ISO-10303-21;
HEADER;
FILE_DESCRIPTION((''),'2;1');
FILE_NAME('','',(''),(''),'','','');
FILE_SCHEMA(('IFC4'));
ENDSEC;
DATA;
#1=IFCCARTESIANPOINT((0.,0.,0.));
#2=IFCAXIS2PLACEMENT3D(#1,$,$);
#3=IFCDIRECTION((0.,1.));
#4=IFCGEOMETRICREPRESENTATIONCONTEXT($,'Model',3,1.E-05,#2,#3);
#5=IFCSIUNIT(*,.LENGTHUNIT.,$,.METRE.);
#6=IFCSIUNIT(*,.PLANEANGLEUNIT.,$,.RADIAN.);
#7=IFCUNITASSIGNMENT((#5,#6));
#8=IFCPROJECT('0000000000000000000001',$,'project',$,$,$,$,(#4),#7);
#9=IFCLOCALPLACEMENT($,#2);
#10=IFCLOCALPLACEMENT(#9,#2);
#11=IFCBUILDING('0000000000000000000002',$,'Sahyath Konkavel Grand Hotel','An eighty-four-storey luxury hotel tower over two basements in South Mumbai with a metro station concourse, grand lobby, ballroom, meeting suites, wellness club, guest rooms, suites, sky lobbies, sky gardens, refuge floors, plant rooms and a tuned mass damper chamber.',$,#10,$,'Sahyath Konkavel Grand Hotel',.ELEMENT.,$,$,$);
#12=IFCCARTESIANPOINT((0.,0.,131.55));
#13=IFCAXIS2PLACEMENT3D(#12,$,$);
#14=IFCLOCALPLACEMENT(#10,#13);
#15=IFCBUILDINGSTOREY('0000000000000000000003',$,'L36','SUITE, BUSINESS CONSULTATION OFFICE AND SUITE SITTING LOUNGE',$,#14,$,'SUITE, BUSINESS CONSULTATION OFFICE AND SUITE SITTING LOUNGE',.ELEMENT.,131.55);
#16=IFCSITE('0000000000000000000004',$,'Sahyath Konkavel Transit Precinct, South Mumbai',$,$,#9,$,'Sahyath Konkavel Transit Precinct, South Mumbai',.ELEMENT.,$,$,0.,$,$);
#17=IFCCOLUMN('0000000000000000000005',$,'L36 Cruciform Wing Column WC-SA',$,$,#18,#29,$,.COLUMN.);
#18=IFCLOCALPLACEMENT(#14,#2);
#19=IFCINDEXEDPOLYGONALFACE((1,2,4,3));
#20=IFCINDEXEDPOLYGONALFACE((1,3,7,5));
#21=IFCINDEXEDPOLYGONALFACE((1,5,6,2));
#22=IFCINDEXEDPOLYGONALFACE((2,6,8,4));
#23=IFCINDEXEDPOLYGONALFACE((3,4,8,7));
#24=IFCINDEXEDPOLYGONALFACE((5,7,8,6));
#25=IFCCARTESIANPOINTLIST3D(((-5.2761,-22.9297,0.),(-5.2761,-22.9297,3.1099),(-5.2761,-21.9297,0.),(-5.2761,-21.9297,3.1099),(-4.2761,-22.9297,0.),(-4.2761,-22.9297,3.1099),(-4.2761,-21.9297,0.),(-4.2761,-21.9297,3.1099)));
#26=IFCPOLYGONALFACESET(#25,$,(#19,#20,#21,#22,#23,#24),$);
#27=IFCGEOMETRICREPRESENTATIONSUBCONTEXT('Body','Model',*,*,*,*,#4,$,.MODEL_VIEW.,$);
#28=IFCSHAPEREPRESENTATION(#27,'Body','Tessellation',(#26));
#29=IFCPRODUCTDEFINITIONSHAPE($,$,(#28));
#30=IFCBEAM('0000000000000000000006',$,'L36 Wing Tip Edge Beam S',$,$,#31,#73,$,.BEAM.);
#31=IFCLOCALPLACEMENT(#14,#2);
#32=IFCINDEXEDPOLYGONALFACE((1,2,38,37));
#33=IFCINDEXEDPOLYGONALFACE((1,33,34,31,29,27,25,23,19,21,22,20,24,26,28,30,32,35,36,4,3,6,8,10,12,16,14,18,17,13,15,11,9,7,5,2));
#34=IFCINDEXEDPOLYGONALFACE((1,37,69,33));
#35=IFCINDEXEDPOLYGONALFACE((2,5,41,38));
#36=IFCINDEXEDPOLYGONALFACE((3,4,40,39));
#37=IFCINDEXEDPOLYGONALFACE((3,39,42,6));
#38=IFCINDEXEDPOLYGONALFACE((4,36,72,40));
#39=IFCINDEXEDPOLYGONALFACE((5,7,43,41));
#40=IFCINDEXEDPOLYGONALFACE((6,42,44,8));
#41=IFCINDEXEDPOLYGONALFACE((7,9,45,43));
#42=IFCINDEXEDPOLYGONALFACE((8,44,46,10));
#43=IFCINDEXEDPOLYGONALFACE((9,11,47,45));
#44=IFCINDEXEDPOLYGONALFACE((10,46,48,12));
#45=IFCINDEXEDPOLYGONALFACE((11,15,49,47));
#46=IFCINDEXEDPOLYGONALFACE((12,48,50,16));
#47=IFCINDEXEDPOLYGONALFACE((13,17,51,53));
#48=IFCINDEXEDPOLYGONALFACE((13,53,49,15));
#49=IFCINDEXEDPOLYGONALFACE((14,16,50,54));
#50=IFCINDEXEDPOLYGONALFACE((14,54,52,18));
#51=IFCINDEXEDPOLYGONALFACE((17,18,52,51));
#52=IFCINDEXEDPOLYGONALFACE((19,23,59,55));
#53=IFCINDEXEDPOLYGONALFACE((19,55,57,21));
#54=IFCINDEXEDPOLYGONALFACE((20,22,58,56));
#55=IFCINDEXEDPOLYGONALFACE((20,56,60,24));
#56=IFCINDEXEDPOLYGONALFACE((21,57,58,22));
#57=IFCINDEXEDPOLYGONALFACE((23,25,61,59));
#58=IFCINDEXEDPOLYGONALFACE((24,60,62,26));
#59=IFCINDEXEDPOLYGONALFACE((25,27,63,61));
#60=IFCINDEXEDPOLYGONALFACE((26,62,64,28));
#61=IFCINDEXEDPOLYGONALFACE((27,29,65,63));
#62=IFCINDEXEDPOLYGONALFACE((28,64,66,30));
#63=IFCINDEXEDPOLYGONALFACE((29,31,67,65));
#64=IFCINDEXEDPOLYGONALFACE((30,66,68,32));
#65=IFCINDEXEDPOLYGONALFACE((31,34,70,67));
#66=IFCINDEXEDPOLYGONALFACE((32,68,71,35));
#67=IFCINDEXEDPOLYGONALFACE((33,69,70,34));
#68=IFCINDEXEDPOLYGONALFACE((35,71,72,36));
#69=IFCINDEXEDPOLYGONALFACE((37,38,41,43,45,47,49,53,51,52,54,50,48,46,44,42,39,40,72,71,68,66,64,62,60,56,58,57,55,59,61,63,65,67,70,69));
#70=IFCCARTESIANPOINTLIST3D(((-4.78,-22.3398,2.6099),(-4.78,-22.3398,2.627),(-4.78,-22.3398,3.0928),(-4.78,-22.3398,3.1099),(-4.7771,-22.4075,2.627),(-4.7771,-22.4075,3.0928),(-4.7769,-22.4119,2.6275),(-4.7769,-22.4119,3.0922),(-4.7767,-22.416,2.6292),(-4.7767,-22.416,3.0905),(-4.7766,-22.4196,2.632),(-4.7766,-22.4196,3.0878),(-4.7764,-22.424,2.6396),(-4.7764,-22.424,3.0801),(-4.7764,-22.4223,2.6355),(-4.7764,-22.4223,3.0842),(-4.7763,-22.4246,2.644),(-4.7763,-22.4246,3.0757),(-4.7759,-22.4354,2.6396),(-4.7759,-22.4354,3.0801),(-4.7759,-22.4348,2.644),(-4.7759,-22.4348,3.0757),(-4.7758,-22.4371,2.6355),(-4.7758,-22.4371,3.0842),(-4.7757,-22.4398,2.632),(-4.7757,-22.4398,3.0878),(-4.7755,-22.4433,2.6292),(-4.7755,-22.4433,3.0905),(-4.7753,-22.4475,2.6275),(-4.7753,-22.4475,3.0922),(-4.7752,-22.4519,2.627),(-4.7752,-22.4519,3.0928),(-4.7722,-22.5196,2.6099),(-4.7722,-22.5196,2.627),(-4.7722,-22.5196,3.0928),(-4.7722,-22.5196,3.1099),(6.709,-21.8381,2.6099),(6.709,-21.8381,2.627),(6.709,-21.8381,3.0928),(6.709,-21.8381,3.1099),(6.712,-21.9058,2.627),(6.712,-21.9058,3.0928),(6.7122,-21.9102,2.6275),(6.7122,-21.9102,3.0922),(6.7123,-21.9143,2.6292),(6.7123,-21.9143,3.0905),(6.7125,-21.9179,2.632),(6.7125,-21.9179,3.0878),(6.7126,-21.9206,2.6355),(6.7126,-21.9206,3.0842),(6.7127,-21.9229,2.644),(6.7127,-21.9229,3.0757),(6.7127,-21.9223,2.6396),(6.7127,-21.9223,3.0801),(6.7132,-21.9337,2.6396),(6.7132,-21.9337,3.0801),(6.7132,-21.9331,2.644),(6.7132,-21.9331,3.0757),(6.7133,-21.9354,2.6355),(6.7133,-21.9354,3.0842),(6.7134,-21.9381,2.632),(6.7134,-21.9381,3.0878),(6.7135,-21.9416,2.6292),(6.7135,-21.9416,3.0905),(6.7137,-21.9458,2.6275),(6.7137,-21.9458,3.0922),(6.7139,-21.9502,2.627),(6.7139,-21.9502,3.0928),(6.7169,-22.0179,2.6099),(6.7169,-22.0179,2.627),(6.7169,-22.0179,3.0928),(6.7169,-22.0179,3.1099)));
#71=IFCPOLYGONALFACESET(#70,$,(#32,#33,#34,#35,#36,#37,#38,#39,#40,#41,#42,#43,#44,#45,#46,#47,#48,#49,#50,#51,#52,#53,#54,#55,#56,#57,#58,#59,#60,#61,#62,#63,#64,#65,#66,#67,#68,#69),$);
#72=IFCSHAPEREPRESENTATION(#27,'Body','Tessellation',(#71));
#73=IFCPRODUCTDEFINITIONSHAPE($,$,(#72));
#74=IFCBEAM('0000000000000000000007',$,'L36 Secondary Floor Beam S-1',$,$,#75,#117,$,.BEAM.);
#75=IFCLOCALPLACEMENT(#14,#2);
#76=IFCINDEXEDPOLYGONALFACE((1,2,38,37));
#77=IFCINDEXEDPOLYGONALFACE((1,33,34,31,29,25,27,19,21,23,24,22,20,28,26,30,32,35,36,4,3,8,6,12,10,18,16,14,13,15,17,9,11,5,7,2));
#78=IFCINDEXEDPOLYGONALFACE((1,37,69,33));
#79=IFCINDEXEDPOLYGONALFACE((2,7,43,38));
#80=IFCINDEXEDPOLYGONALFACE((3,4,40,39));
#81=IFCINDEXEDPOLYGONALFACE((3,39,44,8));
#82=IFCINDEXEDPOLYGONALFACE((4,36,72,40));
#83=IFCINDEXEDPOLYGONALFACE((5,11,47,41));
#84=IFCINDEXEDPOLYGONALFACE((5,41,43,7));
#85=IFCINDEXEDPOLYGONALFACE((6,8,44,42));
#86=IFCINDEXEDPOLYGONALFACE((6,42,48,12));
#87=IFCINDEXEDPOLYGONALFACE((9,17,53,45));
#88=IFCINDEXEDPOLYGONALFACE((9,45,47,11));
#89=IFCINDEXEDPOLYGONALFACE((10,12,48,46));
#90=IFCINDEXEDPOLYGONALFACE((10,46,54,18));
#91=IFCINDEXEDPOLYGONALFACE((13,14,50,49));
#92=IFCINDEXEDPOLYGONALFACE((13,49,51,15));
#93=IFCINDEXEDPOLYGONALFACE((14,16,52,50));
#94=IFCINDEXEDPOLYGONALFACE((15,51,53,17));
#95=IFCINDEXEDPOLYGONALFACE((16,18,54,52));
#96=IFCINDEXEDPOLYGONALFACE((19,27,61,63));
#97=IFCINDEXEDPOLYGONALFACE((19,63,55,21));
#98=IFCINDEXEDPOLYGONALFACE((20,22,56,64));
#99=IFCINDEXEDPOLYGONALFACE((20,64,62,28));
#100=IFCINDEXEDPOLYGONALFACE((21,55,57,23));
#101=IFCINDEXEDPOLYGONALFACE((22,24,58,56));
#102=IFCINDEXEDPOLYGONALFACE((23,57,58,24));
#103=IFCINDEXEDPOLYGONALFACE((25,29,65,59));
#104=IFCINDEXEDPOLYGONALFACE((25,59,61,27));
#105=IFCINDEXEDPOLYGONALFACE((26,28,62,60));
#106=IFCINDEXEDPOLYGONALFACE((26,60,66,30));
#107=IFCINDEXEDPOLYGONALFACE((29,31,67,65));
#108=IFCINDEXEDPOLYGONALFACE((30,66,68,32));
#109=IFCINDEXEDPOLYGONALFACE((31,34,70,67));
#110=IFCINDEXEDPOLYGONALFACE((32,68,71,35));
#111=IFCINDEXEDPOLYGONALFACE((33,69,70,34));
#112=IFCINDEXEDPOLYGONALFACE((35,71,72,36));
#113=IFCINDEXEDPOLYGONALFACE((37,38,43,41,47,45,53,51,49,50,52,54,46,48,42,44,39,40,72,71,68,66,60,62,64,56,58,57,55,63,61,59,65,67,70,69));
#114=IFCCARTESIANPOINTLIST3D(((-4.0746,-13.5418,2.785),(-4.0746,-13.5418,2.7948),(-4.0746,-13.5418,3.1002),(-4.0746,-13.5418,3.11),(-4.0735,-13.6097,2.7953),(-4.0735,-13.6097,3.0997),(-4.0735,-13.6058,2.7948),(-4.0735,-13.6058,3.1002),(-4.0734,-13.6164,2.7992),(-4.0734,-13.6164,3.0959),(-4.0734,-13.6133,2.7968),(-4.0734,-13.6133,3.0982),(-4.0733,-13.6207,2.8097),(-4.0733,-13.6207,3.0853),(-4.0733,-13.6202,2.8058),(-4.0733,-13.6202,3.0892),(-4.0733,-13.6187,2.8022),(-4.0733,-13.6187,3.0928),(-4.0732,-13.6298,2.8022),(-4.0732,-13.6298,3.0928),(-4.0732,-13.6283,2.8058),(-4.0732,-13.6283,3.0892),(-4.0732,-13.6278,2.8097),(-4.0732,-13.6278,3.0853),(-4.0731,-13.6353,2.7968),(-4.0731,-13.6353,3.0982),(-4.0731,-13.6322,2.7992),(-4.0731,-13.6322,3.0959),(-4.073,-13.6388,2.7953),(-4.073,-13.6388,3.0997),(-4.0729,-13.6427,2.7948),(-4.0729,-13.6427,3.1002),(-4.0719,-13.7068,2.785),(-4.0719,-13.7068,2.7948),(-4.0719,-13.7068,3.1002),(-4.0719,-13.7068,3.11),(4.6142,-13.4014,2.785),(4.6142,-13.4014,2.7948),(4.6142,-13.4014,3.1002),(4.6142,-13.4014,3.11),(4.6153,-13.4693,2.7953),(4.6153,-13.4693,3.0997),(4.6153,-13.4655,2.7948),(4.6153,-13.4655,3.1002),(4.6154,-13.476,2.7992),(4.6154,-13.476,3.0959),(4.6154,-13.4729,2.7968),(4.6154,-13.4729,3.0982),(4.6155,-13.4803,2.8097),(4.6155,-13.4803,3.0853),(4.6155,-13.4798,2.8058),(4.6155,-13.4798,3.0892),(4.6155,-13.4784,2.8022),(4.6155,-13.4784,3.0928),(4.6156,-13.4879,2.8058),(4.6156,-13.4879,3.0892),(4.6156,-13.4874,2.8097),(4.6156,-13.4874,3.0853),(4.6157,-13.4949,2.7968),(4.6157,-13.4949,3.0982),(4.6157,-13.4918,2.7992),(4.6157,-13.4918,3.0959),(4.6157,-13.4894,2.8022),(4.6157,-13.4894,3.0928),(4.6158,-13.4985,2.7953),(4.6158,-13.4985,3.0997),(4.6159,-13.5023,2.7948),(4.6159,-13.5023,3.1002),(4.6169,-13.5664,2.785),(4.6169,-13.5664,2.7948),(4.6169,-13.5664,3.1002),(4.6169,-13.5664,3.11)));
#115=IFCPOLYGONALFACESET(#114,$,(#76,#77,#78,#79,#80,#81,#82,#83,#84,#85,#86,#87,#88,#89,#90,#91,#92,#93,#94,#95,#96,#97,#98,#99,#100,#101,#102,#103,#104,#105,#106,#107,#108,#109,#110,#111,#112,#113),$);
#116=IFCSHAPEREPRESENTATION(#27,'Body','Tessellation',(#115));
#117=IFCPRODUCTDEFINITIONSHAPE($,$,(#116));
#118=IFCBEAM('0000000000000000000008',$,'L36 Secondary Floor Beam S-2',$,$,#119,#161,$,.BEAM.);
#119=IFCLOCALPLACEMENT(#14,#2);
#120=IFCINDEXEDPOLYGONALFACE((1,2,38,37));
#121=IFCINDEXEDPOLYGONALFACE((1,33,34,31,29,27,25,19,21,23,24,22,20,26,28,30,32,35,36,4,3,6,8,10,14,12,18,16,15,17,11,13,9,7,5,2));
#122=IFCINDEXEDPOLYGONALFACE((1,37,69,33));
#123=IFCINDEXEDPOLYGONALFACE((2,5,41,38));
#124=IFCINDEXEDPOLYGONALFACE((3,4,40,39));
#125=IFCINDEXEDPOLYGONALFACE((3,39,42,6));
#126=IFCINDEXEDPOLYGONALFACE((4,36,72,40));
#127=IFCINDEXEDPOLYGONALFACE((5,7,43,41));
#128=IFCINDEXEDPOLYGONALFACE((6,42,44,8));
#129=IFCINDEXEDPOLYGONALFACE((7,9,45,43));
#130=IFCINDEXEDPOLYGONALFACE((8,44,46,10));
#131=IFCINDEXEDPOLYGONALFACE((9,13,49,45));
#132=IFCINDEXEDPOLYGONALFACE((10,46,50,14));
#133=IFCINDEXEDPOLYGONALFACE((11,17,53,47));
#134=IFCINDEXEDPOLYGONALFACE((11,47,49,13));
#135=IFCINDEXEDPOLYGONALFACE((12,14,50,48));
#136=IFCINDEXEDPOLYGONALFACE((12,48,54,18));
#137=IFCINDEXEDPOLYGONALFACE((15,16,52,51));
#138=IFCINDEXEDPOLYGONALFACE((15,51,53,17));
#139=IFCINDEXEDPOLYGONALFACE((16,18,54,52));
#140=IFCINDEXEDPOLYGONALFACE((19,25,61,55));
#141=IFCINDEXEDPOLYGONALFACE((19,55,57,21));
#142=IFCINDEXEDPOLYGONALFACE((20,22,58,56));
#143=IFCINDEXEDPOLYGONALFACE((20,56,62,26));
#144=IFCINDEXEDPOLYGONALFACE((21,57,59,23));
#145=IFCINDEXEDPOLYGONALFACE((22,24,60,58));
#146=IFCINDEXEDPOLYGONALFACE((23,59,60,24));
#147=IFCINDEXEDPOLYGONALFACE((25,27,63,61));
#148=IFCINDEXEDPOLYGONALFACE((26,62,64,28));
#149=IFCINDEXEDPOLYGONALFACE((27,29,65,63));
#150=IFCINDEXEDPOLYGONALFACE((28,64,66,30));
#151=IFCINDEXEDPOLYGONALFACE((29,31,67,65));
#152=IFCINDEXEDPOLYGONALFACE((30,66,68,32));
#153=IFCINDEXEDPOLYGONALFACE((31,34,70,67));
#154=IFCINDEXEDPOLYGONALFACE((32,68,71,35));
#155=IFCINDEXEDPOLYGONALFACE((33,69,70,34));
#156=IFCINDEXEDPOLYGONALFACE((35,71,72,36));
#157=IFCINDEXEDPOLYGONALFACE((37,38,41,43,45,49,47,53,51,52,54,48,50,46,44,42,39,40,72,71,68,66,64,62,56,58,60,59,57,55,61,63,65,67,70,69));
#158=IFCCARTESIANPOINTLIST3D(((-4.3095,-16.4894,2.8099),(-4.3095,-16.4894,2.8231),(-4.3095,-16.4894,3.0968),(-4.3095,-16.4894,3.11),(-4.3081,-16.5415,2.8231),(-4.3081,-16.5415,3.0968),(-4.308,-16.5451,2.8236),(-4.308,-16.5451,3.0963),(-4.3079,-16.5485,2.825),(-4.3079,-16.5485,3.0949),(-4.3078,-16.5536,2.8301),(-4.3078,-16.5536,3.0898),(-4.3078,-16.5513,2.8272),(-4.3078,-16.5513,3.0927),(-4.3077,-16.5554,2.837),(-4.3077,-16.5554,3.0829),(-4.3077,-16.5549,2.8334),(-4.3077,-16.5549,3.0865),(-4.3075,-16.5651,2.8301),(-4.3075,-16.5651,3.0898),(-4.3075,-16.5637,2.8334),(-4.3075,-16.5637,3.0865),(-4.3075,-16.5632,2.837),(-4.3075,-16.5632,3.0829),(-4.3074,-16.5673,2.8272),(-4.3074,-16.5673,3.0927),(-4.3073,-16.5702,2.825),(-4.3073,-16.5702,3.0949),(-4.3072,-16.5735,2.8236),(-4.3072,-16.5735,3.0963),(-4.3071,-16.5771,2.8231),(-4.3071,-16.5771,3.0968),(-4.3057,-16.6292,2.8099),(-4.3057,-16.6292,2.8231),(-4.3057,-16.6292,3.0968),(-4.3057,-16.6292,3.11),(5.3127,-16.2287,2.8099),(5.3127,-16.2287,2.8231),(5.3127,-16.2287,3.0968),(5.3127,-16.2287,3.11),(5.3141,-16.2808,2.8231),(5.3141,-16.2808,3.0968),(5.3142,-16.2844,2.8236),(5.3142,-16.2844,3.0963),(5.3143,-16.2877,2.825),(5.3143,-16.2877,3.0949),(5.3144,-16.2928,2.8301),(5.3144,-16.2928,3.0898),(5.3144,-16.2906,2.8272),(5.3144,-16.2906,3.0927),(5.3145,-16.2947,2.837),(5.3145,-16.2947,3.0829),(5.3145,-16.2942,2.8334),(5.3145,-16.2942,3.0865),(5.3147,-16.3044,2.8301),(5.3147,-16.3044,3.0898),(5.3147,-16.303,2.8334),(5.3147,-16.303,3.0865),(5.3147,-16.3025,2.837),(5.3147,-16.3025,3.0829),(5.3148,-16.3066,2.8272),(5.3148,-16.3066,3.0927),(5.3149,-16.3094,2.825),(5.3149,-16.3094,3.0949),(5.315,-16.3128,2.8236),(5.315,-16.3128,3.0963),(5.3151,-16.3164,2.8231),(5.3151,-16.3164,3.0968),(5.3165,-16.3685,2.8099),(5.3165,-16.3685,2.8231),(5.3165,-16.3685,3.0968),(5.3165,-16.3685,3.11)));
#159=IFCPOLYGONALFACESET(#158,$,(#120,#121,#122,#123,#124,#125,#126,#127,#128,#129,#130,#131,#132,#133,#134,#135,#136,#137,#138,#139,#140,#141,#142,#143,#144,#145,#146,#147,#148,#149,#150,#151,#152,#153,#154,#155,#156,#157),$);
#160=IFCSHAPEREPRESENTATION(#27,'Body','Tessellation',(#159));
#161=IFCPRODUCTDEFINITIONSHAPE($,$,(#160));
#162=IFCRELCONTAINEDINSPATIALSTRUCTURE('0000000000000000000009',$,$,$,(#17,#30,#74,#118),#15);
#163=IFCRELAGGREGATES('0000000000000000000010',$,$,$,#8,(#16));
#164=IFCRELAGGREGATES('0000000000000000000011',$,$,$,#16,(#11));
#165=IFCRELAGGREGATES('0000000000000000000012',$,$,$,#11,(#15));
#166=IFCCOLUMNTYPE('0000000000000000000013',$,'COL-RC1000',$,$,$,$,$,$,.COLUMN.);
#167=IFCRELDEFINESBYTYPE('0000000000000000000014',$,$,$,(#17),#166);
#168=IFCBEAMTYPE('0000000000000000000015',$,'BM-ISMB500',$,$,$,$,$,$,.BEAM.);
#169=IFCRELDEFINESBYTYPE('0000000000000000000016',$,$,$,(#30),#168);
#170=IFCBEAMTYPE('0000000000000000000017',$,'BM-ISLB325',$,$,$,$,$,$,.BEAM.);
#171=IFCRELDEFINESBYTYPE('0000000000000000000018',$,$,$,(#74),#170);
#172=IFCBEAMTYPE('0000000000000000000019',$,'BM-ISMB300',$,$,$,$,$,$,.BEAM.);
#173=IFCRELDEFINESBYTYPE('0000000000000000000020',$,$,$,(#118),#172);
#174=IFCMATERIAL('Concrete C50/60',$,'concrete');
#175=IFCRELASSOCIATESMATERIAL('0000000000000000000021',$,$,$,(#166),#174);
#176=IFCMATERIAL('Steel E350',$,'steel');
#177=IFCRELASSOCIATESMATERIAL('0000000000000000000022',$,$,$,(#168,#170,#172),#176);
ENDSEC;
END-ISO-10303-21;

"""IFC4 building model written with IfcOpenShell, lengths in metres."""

from ifc_helpers import new_model, si_unit, direction, frame, origin, origin_2d, place, context, subcontext, project, spatial, rectangle, i_section, extrude, source, transform, mapped, material, material_profile, profile_set, type_object, element, save


model = new_model("IFC4")

# Units and contexts
model_context = context("Model", 3, precision=1e-05, world=origin(), true_north=direction((0.0, 1.0)))
body_context = subcontext(model_context, "Body", "Model", "MODEL_VIEW")
ifc_project = project(units=[si_unit("LENGTHUNIT", "METRE"), si_unit("PLANEANGLEUNIT", "RADIAN")], contexts=[model_context])

# Site, building, storey
site_placement = place(None, origin())
site = spatial("IfcSite", under=ifc_project, at=site_placement, Name="Sahyath Konkavel Transit Precinct, South Mumbai", LongName="Sahyath Konkavel Transit Precinct, South Mumbai", CompositionType="ELEMENT", RefElevation=0.0)
building_placement = place(site_placement, origin())
building = spatial("IfcBuilding", under=site, at=building_placement, Name="Sahyath Konkavel Grand Hotel", Description="An eighty-four-storey luxury hotel tower over two basements in South Mumbai with a metro station concourse, grand lobby, ballroom, meeting suites, wellness club, guest rooms, suites, sky lobbies, sky gardens, refuge floors, plant rooms and a tuned mass damper chamber.", LongName="Sahyath Konkavel Grand Hotel", CompositionType="ELEMENT")
storey_placement = place(building_placement, frame((0.0, 0.0, 131.55)))
storey = spatial("IfcBuildingStorey", under=building, at=storey_placement, Name="L36", Description="SUITE, BUSINESS CONSULTATION OFFICE AND SUITE SITTING LOUNGE", LongName="SUITE, BUSINESS CONSULTATION OFFICE AND SUITE SITTING LOUNGE", CompositionType="ELEMENT", Elevation=131.55)

# Column
ifc_material_1 = material(Name="Concrete C50/60", Category="concrete")
ifc_material_profile_1 = material_profile(ifc_material_1, rectangle(XDim=1.0, YDim=1.0, at=origin_2d()), Name="RC 1000x1000")
ifc_profile_set_1 = profile_set([ifc_material_profile_1], Name="Concrete C50/60")
column_type = type_object("IfcColumnType", Name="COL-RC1000", PredefinedType="COLUMN", material=ifc_profile_set_1)
shared_shape_1 = source(origin(), body_context, "Body", "SweptSolid", [
    extrude(rectangle(XDim=1.0, YDim=1.0, at=origin_2d()), origin(), (0.0, 0.0, 1.0), 3.1099),
])
column_placement = place(storey_placement, frame((-4.7761, -22.4297, 0.0), z_axis=(0.0, 0.0, 1.0), x_axis=(1.0, 0.0, 0.0)))
element("IfcColumn", 1, at=column_placement, inside=storey, type_object=column_type, Name="L36 Cruciform Wing Column WC-SA", PredefinedType="COLUMN", context=body_context, shape_type="MappedRepresentation", body=[
    mapped(shared_shape_1, transform((0.0, 0.0, 0.0), scale=1.0)),
])

# Beams
ifc_material_2 = material(Name="Steel E350", Category="steel")
ifc_material_profile_2 = material_profile(ifc_material_2, i_section(OverallWidth=0.1799, OverallDepth=0.5, WebThickness=0.0103, FlangeThickness=0.0171, FilletRadius=0.0171, at=origin_2d()), Name="ISMB 500")
ifc_profile_set_2 = profile_set([ifc_material_profile_2], Name="Steel E350")
beam_type_1 = type_object("IfcBeamType", Name="BM-ISMB500", PredefinedType="BEAM", material=ifc_profile_set_2)
shared_shape_2 = source(origin(), body_context, "Body", "SweptSolid", [
    extrude(i_section(OverallWidth=0.1799, OverallDepth=0.5, WebThickness=0.0103, FlangeThickness=0.0171, FilletRadius=0.0171, at=origin_2d()), origin(), (0.0, 0.0, 1.0), 11.5),
])
beam_1_placement = place(storey_placement, frame((-4.7761, -22.4297, 2.8599), z_axis=(0.999048, 0.043627, 0.0), x_axis=(-0.043627, 0.999048, 0.0)))
element("IfcBeam", 2, at=beam_1_placement, inside=storey, type_object=beam_type_1, Name="L36 Wing Tip Edge Beam S", PredefinedType="BEAM", context=body_context, shape_type="MappedRepresentation", body=[
    mapped(shared_shape_2, transform((0.0, 0.0, 0.0), scale=1.0)),
])
ifc_material_profile_3 = material_profile(ifc_material_2, i_section(OverallWidth=0.165, OverallDepth=0.325, WebThickness=0.0071, FlangeThickness=0.0098, FilletRadius=0.0149, at=origin_2d()), Name="ISLB 325")
ifc_profile_set_3 = profile_set([ifc_material_profile_3], Name="Steel E350")
beam_type_2 = type_object("IfcBeamType", Name="BM-ISLB325", PredefinedType="BEAM", material=ifc_profile_set_3)
shared_shape_3 = source(origin(), body_context, "Body", "SweptSolid", [
    extrude(i_section(OverallWidth=0.165, OverallDepth=0.325, WebThickness=0.0071, FlangeThickness=0.0098, FilletRadius=0.0149, at=origin_2d()), origin(), (0.0, 0.0, 1.0), 8.6899),
])
beam_2_placement = place(storey_placement, frame((-4.0732, -13.6243, 2.9475), z_axis=(0.99987, 0.016155, 0.0), x_axis=(-0.016155, 0.99987, 0.0)))
element("IfcBeam", 3, at=beam_2_placement, inside=storey, type_object=beam_type_2, Name="L36 Secondary Floor Beam S-1", PredefinedType="BEAM", context=body_context, shape_type="MappedRepresentation", body=[
    mapped(shared_shape_3, transform((0.0, 0.0, 0.0), scale=1.0)),
])
ifc_material_profile_4 = material_profile(ifc_material_2, i_section(OverallWidth=0.1399, OverallDepth=0.3, WebThickness=0.0078, FlangeThickness=0.0132, FilletRadius=0.0139, at=origin_2d()), Name="ISMB 300")
ifc_profile_set_4 = profile_set([ifc_material_profile_4], Name="Steel E350")
beam_type_3 = type_object("IfcBeamType", Name="BM-ISMB300", PredefinedType="BEAM", material=ifc_profile_set_4)
shared_shape_4 = source(origin(), body_context, "Body", "SweptSolid", [
    extrude(i_section(OverallWidth=0.1399, OverallDepth=0.3, WebThickness=0.0078, FlangeThickness=0.0132, FilletRadius=0.0139, at=origin_2d()), origin(), (0.0, 0.0, 1.0), 9.6257),
])
beam_3_placement = place(storey_placement, frame((-4.3076, -16.5593, 2.96), z_axis=(0.999633, 0.027088, 0.0), x_axis=(-0.027088, 0.999633, 0.0)))
element("IfcBeam", 4, at=beam_3_placement, inside=storey, type_object=beam_type_3, Name="L36 Secondary Floor Beam S-2", PredefinedType="BEAM", context=body_context, shape_type="MappedRepresentation", body=[
    mapped(shared_shape_4, transform((0.0, 0.0, 0.0), scale=1.0)),
])

save(model, "model.ifc")
